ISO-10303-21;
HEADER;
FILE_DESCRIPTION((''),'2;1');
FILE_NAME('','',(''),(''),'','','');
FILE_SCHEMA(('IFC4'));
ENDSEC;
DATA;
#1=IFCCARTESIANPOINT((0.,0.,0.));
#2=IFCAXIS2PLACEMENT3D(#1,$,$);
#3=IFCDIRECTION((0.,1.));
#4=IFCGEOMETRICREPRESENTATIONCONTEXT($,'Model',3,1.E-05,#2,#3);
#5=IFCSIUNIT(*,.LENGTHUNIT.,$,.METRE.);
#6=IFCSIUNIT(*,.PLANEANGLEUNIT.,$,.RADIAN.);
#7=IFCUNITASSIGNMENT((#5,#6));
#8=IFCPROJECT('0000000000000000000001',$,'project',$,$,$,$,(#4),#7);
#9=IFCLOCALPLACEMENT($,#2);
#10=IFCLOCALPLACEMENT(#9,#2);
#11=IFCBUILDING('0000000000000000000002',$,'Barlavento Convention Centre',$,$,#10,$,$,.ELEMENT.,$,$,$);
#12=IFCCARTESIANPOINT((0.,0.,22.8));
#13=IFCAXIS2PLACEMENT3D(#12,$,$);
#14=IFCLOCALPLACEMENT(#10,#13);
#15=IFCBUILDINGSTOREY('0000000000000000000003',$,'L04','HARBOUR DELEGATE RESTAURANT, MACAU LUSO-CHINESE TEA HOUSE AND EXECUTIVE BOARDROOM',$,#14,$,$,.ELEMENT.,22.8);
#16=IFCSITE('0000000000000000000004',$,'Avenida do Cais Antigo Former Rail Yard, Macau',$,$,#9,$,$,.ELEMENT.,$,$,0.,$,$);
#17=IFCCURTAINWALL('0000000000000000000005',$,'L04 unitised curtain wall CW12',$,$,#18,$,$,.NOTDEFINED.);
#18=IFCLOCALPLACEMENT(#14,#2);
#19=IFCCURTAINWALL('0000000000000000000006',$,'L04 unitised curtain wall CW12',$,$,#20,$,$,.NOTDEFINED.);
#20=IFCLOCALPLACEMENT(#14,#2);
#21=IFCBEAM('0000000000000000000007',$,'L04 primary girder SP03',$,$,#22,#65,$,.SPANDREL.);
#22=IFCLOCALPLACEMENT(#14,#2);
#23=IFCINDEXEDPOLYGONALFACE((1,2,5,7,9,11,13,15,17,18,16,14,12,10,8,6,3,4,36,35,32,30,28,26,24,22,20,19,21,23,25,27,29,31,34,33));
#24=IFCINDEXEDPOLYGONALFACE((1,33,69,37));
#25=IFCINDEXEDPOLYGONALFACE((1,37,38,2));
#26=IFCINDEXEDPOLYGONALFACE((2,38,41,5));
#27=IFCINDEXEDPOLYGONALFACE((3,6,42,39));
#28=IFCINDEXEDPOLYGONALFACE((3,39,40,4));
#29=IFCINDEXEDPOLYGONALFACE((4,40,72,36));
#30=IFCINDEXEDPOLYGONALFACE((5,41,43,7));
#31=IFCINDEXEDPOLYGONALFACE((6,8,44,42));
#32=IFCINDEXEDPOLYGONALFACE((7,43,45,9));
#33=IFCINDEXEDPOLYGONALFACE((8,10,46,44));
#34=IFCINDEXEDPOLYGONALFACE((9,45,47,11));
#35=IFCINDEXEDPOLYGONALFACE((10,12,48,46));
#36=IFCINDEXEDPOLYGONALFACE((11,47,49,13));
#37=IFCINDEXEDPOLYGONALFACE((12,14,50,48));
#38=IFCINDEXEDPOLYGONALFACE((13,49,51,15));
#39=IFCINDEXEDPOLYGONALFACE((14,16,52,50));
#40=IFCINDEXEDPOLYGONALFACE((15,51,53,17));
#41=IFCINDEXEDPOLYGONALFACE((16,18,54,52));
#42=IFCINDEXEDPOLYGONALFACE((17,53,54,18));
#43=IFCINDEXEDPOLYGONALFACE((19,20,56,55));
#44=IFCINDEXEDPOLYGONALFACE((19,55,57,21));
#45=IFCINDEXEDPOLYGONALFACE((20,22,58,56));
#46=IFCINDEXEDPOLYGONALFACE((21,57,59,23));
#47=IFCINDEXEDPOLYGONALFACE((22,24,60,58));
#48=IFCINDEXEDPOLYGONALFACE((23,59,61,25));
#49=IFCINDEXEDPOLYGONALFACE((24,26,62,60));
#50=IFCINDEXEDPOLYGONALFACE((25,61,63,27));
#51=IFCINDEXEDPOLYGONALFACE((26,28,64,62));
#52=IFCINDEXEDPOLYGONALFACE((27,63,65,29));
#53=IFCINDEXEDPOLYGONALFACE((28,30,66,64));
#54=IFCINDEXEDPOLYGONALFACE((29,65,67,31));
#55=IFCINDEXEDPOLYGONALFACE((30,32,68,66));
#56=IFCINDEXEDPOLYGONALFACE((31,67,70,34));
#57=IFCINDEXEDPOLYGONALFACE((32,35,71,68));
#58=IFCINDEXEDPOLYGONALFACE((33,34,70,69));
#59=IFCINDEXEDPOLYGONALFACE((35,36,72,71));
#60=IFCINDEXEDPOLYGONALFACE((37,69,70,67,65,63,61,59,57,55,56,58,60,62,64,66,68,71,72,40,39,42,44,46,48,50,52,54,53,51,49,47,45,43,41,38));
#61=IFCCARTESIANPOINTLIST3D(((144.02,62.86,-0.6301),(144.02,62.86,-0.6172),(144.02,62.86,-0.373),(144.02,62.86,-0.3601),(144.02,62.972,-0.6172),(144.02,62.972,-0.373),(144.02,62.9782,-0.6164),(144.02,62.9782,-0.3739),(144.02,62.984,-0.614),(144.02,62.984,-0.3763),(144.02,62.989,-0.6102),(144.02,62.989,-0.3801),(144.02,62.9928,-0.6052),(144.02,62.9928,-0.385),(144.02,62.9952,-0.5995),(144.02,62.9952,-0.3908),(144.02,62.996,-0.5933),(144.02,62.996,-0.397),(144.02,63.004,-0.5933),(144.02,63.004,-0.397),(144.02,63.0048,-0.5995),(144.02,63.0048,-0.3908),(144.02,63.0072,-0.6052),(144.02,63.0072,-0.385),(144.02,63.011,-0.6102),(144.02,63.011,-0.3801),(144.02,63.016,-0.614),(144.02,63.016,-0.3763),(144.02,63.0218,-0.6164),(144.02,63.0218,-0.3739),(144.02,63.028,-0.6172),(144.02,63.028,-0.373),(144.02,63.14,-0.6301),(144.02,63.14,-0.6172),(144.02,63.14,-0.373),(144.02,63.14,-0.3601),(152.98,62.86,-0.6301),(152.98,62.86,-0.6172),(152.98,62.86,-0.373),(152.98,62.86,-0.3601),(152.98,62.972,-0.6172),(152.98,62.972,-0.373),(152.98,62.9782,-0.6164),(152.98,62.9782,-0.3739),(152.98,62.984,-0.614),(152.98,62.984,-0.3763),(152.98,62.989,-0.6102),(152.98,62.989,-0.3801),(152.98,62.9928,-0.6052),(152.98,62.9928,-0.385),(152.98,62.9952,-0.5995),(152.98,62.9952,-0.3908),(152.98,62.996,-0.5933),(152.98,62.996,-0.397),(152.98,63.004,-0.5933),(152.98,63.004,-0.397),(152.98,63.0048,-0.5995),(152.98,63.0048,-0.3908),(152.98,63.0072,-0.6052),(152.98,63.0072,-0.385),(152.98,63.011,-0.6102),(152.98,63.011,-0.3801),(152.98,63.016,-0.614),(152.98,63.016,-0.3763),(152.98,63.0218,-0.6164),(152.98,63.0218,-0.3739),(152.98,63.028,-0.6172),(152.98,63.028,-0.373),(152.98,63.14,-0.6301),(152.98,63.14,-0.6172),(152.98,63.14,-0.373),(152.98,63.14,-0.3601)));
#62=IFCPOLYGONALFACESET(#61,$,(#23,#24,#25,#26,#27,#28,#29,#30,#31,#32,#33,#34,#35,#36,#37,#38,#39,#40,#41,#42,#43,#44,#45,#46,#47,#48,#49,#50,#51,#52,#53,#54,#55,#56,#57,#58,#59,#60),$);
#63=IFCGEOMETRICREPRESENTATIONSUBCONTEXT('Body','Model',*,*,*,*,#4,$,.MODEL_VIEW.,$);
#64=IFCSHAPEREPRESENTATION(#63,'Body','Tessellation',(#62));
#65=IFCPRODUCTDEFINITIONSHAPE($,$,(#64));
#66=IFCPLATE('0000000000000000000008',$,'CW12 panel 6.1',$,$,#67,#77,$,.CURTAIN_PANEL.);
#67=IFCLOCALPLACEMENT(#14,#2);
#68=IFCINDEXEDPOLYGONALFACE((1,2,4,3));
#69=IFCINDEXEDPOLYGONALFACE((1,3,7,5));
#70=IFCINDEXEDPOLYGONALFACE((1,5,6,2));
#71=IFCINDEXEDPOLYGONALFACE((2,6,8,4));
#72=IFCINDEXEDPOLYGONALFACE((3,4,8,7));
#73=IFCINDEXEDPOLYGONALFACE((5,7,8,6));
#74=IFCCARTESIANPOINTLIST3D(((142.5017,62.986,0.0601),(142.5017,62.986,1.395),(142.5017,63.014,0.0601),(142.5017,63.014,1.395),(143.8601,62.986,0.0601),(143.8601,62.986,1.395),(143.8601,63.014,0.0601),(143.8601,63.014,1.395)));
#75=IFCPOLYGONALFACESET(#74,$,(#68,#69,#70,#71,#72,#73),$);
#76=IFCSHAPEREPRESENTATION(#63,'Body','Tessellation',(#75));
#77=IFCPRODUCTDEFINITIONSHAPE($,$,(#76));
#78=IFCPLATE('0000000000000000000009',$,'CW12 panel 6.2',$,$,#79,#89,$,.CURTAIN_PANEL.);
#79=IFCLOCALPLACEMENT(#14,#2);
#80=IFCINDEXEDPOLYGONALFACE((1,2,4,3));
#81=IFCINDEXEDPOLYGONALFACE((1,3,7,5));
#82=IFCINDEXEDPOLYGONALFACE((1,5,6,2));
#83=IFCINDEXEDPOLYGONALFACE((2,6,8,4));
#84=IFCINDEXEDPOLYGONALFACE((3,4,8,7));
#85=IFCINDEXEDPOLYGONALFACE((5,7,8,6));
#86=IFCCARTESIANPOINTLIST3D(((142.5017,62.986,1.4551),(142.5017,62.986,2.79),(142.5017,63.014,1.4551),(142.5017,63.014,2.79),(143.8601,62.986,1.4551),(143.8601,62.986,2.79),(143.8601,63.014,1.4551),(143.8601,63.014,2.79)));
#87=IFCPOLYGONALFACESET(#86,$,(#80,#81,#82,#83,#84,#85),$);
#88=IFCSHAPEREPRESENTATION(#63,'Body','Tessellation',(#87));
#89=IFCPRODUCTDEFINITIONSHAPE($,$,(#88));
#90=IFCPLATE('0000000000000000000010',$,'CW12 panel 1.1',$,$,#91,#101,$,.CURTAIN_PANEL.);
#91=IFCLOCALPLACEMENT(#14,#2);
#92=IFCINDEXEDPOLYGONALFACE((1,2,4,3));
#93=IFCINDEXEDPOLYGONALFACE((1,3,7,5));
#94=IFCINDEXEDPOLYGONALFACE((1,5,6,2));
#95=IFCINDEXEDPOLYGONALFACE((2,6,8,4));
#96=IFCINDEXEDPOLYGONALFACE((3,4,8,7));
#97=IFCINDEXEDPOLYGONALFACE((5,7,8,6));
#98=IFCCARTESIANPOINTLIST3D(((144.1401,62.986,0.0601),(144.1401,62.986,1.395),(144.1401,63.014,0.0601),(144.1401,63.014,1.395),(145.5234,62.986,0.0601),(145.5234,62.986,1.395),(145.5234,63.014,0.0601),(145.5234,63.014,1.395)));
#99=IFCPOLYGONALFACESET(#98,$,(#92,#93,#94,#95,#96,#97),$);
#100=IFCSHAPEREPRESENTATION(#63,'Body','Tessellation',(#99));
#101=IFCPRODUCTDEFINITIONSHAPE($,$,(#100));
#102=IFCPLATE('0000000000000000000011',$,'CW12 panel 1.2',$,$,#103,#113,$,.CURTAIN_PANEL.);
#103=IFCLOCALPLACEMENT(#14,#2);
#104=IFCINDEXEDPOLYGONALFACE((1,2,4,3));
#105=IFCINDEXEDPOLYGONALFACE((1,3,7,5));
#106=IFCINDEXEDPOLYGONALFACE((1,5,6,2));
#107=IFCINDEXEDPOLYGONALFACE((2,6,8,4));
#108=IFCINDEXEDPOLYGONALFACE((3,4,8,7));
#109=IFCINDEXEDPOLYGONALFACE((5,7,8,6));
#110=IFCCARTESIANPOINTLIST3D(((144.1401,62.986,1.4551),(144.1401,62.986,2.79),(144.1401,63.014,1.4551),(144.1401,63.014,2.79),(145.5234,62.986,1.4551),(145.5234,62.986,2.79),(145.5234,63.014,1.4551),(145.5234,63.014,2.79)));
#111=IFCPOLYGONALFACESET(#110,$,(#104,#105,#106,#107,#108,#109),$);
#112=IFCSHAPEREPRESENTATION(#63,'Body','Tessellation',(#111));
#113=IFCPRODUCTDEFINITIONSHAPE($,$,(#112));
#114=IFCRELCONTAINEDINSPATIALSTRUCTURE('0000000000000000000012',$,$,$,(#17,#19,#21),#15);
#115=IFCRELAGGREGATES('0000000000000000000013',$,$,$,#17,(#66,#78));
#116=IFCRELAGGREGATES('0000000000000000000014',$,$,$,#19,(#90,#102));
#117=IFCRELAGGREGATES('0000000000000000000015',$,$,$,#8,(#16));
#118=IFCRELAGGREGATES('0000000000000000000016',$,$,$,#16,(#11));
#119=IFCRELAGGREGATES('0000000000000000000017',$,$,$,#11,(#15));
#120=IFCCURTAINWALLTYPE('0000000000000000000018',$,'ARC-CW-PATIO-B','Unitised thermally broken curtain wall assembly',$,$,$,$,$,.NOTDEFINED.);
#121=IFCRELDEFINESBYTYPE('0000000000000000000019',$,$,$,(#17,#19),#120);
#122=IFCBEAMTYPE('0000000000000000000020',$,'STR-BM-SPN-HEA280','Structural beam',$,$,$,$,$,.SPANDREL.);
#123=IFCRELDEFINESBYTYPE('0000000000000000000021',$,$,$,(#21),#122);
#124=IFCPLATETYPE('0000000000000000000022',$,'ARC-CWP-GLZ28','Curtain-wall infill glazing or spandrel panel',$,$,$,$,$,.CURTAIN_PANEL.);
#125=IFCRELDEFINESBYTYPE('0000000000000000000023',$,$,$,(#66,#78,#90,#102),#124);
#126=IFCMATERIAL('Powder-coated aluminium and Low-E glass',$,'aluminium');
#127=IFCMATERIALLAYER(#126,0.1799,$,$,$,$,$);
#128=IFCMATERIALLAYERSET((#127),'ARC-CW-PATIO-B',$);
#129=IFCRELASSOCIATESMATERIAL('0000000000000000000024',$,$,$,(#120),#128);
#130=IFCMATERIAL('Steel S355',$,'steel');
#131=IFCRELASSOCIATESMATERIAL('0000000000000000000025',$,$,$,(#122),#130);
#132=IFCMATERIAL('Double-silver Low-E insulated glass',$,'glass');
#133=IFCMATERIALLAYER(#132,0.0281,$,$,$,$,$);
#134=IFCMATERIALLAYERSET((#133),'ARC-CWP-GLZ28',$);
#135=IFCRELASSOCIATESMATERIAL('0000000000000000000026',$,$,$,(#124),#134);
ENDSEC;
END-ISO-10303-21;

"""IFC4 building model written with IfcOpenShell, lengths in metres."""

from ifc_helpers import new_model, si_unit, direction, frame, origin, origin_2d, place, context, subcontext, project, spatial, rectangle, i_section, extrude, material, layer, layer_set, material_profile, profile_set, type_object, element, aggregate, save


model = new_model("IFC4")

# Units and contexts
model_context = context("Model", 3, precision=1e-05, world=origin(), true_north=direction((0.0, 1.0)))
body_context = subcontext(model_context, "Body", "Model", "MODEL_VIEW")
ifc_project = project(units=[si_unit("LENGTHUNIT", "METRE"), si_unit("PLANEANGLEUNIT", "RADIAN")], contexts=[model_context])

# Site, building, storey
site_placement = place(None, origin())
site = spatial("IfcSite", under=ifc_project, at=site_placement, Name="Avenida do Cais Antigo Former Rail Yard, Macau", CompositionType="ELEMENT", RefElevation=0.0)
building_placement = place(site_placement, origin())
building = spatial("IfcBuilding", under=site, at=building_placement, Name="Barlavento Convention Centre", CompositionType="ELEMENT")
storey_placement = place(building_placement, frame((0.0, 0.0, 22.8)))
storey = spatial("IfcBuildingStorey", under=building, at=storey_placement, Name="L04", Description="HARBOUR DELEGATE RESTAURANT, MACAU LUSO-CHINESE TEA HOUSE AND EXECUTIVE BOARDROOM", CompositionType="ELEMENT", Elevation=22.8)

# Curtain wall
ifc_material_1 = material(Name="Powder-coated aluminium and Low-E glass", Category="aluminium")
ifc_layer_1 = layer(ifc_material_1, 0.1799)
ifc_layer_set_1 = layer_set([ifc_layer_1], Name="ARC-CW-PATIO-B")
curtain_wall_type_1 = type_object("IfcCurtainWallType", Name="ARC-CW-PATIO-B", Description="Unitised thermally broken curtain wall assembly", PredefinedType="NOTDEFINED", material=ifc_layer_set_1)
curtain_wall_1_placement = place(storey_placement, origin())
curtain_wall_1 = element("IfcCurtainWall", 1, at=curtain_wall_1_placement, inside=storey, type_object=curtain_wall_type_1, Name="L04 unitised curtain wall CW12", PredefinedType="NOTDEFINED")

# Curtain wall
curtain_wall_2_placement = place(storey_placement, origin())
curtain_wall_2 = element("IfcCurtainWall", 2, at=curtain_wall_2_placement, inside=storey, type_object=curtain_wall_type_1, Name="L04 unitised curtain wall CW12", PredefinedType="NOTDEFINED")

# Beam
ifc_material_2 = material(Name="Steel S355", Category="steel")
ifc_material_profile_1 = material_profile(ifc_material_2, i_section(OverallWidth=0.28, OverallDepth=0.27, WebThickness=0.0081, FlangeThickness=0.0129, FilletRadius=0.0239, at=origin_2d()), Name="HEA 280")
ifc_profile_set_1 = profile_set([ifc_material_profile_1], Name="Steel S355")
beam_type_1 = type_object("IfcBeamType", Name="STR-BM-SPN-HEA280", Description="Structural beam", PredefinedType="SPANDREL", material=ifc_profile_set_1)
beam_1_placement = place(storey_placement, frame((144.02, 63.0, -0.4951), z_axis=(1.0, 0.0, 0.0), x_axis=(0.0, 1.0, 0.0)))
element("IfcBeam", 3, at=beam_1_placement, inside=storey, type_object=beam_type_1, Name="L04 primary girder SP03", PredefinedType="SPANDREL", context=body_context, shape_type="SweptSolid", body=[
    extrude(i_section(OverallWidth=0.28, OverallDepth=0.27, WebThickness=0.0081, FlangeThickness=0.0129, FilletRadius=0.0239, at=origin_2d()), origin(), (0.0, 0.0, 1.0), 8.96),
])

# Plates
ifc_material_3 = material(Name="Double-silver Low-E insulated glass", Category="glass")
ifc_layer_2 = layer(ifc_material_3, 0.0281)
ifc_layer_set_2 = layer_set([ifc_layer_2], Name="ARC-CWP-GLZ28")
plate_type = type_object("IfcPlateType", Name="ARC-CWP-GLZ28", Description="Curtain-wall infill glazing or spandrel panel", PredefinedType="CURTAIN_PANEL", material=ifc_layer_set_2)
plate_1_placement = place(storey_placement, frame((143.1809, 63.0, 0.0601), z_axis=(0.0, 0.0, 1.0), x_axis=(1.0, 0.0, 0.0)))
plate_1 = element("IfcPlate", 4, at=plate_1_placement, type_object=plate_type, Name="CW12 panel 6.1", PredefinedType="CURTAIN_PANEL", context=body_context, shape_type="SweptSolid", body=[
    extrude(rectangle(XDim=1.3584, YDim=0.0281, at=origin_2d()), origin(), (0.0, 0.0, 1.0), 1.335),
])
plate_2_placement = place(storey_placement, frame((143.1809, 63.0, 1.4551), z_axis=(0.0, 0.0, 1.0), x_axis=(1.0, 0.0, 0.0)))
plate_2 = element("IfcPlate", 5, at=plate_2_placement, type_object=plate_type, Name="CW12 panel 6.2", PredefinedType="CURTAIN_PANEL", context=body_context, shape_type="SweptSolid", body=[
    extrude(rectangle(XDim=1.3584, YDim=0.0281, at=origin_2d()), origin(), (0.0, 0.0, 1.0), 1.335),
])
aggregate(curtain_wall_1, [plate_1, plate_2])
plate_3_placement = place(storey_placement, frame((144.8318, 63.0, 0.0601), z_axis=(0.0, 0.0, 1.0), x_axis=(1.0, 0.0, 0.0)))
plate_3 = element("IfcPlate", 6, at=plate_3_placement, type_object=plate_type, Name="CW12 panel 1.1", PredefinedType="CURTAIN_PANEL", context=body_context, shape_type="SweptSolid", body=[
    extrude(rectangle(XDim=1.3833, YDim=0.0281, at=origin_2d()), origin(), (0.0, 0.0, 1.0), 1.335),
])
plate_4_placement = place(storey_placement, frame((144.8318, 63.0, 1.4551), z_axis=(0.0, 0.0, 1.0), x_axis=(1.0, 0.0, 0.0)))
plate_4 = element("IfcPlate", 7, at=plate_4_placement, type_object=plate_type, Name="CW12 panel 1.2", PredefinedType="CURTAIN_PANEL", context=body_context, shape_type="SweptSolid", body=[
    extrude(rectangle(XDim=1.3833, YDim=0.0281, at=origin_2d()), origin(), (0.0, 0.0, 1.0), 1.335),
])
aggregate(curtain_wall_2, [plate_3, plate_4])

save(model, "model.ifc")
